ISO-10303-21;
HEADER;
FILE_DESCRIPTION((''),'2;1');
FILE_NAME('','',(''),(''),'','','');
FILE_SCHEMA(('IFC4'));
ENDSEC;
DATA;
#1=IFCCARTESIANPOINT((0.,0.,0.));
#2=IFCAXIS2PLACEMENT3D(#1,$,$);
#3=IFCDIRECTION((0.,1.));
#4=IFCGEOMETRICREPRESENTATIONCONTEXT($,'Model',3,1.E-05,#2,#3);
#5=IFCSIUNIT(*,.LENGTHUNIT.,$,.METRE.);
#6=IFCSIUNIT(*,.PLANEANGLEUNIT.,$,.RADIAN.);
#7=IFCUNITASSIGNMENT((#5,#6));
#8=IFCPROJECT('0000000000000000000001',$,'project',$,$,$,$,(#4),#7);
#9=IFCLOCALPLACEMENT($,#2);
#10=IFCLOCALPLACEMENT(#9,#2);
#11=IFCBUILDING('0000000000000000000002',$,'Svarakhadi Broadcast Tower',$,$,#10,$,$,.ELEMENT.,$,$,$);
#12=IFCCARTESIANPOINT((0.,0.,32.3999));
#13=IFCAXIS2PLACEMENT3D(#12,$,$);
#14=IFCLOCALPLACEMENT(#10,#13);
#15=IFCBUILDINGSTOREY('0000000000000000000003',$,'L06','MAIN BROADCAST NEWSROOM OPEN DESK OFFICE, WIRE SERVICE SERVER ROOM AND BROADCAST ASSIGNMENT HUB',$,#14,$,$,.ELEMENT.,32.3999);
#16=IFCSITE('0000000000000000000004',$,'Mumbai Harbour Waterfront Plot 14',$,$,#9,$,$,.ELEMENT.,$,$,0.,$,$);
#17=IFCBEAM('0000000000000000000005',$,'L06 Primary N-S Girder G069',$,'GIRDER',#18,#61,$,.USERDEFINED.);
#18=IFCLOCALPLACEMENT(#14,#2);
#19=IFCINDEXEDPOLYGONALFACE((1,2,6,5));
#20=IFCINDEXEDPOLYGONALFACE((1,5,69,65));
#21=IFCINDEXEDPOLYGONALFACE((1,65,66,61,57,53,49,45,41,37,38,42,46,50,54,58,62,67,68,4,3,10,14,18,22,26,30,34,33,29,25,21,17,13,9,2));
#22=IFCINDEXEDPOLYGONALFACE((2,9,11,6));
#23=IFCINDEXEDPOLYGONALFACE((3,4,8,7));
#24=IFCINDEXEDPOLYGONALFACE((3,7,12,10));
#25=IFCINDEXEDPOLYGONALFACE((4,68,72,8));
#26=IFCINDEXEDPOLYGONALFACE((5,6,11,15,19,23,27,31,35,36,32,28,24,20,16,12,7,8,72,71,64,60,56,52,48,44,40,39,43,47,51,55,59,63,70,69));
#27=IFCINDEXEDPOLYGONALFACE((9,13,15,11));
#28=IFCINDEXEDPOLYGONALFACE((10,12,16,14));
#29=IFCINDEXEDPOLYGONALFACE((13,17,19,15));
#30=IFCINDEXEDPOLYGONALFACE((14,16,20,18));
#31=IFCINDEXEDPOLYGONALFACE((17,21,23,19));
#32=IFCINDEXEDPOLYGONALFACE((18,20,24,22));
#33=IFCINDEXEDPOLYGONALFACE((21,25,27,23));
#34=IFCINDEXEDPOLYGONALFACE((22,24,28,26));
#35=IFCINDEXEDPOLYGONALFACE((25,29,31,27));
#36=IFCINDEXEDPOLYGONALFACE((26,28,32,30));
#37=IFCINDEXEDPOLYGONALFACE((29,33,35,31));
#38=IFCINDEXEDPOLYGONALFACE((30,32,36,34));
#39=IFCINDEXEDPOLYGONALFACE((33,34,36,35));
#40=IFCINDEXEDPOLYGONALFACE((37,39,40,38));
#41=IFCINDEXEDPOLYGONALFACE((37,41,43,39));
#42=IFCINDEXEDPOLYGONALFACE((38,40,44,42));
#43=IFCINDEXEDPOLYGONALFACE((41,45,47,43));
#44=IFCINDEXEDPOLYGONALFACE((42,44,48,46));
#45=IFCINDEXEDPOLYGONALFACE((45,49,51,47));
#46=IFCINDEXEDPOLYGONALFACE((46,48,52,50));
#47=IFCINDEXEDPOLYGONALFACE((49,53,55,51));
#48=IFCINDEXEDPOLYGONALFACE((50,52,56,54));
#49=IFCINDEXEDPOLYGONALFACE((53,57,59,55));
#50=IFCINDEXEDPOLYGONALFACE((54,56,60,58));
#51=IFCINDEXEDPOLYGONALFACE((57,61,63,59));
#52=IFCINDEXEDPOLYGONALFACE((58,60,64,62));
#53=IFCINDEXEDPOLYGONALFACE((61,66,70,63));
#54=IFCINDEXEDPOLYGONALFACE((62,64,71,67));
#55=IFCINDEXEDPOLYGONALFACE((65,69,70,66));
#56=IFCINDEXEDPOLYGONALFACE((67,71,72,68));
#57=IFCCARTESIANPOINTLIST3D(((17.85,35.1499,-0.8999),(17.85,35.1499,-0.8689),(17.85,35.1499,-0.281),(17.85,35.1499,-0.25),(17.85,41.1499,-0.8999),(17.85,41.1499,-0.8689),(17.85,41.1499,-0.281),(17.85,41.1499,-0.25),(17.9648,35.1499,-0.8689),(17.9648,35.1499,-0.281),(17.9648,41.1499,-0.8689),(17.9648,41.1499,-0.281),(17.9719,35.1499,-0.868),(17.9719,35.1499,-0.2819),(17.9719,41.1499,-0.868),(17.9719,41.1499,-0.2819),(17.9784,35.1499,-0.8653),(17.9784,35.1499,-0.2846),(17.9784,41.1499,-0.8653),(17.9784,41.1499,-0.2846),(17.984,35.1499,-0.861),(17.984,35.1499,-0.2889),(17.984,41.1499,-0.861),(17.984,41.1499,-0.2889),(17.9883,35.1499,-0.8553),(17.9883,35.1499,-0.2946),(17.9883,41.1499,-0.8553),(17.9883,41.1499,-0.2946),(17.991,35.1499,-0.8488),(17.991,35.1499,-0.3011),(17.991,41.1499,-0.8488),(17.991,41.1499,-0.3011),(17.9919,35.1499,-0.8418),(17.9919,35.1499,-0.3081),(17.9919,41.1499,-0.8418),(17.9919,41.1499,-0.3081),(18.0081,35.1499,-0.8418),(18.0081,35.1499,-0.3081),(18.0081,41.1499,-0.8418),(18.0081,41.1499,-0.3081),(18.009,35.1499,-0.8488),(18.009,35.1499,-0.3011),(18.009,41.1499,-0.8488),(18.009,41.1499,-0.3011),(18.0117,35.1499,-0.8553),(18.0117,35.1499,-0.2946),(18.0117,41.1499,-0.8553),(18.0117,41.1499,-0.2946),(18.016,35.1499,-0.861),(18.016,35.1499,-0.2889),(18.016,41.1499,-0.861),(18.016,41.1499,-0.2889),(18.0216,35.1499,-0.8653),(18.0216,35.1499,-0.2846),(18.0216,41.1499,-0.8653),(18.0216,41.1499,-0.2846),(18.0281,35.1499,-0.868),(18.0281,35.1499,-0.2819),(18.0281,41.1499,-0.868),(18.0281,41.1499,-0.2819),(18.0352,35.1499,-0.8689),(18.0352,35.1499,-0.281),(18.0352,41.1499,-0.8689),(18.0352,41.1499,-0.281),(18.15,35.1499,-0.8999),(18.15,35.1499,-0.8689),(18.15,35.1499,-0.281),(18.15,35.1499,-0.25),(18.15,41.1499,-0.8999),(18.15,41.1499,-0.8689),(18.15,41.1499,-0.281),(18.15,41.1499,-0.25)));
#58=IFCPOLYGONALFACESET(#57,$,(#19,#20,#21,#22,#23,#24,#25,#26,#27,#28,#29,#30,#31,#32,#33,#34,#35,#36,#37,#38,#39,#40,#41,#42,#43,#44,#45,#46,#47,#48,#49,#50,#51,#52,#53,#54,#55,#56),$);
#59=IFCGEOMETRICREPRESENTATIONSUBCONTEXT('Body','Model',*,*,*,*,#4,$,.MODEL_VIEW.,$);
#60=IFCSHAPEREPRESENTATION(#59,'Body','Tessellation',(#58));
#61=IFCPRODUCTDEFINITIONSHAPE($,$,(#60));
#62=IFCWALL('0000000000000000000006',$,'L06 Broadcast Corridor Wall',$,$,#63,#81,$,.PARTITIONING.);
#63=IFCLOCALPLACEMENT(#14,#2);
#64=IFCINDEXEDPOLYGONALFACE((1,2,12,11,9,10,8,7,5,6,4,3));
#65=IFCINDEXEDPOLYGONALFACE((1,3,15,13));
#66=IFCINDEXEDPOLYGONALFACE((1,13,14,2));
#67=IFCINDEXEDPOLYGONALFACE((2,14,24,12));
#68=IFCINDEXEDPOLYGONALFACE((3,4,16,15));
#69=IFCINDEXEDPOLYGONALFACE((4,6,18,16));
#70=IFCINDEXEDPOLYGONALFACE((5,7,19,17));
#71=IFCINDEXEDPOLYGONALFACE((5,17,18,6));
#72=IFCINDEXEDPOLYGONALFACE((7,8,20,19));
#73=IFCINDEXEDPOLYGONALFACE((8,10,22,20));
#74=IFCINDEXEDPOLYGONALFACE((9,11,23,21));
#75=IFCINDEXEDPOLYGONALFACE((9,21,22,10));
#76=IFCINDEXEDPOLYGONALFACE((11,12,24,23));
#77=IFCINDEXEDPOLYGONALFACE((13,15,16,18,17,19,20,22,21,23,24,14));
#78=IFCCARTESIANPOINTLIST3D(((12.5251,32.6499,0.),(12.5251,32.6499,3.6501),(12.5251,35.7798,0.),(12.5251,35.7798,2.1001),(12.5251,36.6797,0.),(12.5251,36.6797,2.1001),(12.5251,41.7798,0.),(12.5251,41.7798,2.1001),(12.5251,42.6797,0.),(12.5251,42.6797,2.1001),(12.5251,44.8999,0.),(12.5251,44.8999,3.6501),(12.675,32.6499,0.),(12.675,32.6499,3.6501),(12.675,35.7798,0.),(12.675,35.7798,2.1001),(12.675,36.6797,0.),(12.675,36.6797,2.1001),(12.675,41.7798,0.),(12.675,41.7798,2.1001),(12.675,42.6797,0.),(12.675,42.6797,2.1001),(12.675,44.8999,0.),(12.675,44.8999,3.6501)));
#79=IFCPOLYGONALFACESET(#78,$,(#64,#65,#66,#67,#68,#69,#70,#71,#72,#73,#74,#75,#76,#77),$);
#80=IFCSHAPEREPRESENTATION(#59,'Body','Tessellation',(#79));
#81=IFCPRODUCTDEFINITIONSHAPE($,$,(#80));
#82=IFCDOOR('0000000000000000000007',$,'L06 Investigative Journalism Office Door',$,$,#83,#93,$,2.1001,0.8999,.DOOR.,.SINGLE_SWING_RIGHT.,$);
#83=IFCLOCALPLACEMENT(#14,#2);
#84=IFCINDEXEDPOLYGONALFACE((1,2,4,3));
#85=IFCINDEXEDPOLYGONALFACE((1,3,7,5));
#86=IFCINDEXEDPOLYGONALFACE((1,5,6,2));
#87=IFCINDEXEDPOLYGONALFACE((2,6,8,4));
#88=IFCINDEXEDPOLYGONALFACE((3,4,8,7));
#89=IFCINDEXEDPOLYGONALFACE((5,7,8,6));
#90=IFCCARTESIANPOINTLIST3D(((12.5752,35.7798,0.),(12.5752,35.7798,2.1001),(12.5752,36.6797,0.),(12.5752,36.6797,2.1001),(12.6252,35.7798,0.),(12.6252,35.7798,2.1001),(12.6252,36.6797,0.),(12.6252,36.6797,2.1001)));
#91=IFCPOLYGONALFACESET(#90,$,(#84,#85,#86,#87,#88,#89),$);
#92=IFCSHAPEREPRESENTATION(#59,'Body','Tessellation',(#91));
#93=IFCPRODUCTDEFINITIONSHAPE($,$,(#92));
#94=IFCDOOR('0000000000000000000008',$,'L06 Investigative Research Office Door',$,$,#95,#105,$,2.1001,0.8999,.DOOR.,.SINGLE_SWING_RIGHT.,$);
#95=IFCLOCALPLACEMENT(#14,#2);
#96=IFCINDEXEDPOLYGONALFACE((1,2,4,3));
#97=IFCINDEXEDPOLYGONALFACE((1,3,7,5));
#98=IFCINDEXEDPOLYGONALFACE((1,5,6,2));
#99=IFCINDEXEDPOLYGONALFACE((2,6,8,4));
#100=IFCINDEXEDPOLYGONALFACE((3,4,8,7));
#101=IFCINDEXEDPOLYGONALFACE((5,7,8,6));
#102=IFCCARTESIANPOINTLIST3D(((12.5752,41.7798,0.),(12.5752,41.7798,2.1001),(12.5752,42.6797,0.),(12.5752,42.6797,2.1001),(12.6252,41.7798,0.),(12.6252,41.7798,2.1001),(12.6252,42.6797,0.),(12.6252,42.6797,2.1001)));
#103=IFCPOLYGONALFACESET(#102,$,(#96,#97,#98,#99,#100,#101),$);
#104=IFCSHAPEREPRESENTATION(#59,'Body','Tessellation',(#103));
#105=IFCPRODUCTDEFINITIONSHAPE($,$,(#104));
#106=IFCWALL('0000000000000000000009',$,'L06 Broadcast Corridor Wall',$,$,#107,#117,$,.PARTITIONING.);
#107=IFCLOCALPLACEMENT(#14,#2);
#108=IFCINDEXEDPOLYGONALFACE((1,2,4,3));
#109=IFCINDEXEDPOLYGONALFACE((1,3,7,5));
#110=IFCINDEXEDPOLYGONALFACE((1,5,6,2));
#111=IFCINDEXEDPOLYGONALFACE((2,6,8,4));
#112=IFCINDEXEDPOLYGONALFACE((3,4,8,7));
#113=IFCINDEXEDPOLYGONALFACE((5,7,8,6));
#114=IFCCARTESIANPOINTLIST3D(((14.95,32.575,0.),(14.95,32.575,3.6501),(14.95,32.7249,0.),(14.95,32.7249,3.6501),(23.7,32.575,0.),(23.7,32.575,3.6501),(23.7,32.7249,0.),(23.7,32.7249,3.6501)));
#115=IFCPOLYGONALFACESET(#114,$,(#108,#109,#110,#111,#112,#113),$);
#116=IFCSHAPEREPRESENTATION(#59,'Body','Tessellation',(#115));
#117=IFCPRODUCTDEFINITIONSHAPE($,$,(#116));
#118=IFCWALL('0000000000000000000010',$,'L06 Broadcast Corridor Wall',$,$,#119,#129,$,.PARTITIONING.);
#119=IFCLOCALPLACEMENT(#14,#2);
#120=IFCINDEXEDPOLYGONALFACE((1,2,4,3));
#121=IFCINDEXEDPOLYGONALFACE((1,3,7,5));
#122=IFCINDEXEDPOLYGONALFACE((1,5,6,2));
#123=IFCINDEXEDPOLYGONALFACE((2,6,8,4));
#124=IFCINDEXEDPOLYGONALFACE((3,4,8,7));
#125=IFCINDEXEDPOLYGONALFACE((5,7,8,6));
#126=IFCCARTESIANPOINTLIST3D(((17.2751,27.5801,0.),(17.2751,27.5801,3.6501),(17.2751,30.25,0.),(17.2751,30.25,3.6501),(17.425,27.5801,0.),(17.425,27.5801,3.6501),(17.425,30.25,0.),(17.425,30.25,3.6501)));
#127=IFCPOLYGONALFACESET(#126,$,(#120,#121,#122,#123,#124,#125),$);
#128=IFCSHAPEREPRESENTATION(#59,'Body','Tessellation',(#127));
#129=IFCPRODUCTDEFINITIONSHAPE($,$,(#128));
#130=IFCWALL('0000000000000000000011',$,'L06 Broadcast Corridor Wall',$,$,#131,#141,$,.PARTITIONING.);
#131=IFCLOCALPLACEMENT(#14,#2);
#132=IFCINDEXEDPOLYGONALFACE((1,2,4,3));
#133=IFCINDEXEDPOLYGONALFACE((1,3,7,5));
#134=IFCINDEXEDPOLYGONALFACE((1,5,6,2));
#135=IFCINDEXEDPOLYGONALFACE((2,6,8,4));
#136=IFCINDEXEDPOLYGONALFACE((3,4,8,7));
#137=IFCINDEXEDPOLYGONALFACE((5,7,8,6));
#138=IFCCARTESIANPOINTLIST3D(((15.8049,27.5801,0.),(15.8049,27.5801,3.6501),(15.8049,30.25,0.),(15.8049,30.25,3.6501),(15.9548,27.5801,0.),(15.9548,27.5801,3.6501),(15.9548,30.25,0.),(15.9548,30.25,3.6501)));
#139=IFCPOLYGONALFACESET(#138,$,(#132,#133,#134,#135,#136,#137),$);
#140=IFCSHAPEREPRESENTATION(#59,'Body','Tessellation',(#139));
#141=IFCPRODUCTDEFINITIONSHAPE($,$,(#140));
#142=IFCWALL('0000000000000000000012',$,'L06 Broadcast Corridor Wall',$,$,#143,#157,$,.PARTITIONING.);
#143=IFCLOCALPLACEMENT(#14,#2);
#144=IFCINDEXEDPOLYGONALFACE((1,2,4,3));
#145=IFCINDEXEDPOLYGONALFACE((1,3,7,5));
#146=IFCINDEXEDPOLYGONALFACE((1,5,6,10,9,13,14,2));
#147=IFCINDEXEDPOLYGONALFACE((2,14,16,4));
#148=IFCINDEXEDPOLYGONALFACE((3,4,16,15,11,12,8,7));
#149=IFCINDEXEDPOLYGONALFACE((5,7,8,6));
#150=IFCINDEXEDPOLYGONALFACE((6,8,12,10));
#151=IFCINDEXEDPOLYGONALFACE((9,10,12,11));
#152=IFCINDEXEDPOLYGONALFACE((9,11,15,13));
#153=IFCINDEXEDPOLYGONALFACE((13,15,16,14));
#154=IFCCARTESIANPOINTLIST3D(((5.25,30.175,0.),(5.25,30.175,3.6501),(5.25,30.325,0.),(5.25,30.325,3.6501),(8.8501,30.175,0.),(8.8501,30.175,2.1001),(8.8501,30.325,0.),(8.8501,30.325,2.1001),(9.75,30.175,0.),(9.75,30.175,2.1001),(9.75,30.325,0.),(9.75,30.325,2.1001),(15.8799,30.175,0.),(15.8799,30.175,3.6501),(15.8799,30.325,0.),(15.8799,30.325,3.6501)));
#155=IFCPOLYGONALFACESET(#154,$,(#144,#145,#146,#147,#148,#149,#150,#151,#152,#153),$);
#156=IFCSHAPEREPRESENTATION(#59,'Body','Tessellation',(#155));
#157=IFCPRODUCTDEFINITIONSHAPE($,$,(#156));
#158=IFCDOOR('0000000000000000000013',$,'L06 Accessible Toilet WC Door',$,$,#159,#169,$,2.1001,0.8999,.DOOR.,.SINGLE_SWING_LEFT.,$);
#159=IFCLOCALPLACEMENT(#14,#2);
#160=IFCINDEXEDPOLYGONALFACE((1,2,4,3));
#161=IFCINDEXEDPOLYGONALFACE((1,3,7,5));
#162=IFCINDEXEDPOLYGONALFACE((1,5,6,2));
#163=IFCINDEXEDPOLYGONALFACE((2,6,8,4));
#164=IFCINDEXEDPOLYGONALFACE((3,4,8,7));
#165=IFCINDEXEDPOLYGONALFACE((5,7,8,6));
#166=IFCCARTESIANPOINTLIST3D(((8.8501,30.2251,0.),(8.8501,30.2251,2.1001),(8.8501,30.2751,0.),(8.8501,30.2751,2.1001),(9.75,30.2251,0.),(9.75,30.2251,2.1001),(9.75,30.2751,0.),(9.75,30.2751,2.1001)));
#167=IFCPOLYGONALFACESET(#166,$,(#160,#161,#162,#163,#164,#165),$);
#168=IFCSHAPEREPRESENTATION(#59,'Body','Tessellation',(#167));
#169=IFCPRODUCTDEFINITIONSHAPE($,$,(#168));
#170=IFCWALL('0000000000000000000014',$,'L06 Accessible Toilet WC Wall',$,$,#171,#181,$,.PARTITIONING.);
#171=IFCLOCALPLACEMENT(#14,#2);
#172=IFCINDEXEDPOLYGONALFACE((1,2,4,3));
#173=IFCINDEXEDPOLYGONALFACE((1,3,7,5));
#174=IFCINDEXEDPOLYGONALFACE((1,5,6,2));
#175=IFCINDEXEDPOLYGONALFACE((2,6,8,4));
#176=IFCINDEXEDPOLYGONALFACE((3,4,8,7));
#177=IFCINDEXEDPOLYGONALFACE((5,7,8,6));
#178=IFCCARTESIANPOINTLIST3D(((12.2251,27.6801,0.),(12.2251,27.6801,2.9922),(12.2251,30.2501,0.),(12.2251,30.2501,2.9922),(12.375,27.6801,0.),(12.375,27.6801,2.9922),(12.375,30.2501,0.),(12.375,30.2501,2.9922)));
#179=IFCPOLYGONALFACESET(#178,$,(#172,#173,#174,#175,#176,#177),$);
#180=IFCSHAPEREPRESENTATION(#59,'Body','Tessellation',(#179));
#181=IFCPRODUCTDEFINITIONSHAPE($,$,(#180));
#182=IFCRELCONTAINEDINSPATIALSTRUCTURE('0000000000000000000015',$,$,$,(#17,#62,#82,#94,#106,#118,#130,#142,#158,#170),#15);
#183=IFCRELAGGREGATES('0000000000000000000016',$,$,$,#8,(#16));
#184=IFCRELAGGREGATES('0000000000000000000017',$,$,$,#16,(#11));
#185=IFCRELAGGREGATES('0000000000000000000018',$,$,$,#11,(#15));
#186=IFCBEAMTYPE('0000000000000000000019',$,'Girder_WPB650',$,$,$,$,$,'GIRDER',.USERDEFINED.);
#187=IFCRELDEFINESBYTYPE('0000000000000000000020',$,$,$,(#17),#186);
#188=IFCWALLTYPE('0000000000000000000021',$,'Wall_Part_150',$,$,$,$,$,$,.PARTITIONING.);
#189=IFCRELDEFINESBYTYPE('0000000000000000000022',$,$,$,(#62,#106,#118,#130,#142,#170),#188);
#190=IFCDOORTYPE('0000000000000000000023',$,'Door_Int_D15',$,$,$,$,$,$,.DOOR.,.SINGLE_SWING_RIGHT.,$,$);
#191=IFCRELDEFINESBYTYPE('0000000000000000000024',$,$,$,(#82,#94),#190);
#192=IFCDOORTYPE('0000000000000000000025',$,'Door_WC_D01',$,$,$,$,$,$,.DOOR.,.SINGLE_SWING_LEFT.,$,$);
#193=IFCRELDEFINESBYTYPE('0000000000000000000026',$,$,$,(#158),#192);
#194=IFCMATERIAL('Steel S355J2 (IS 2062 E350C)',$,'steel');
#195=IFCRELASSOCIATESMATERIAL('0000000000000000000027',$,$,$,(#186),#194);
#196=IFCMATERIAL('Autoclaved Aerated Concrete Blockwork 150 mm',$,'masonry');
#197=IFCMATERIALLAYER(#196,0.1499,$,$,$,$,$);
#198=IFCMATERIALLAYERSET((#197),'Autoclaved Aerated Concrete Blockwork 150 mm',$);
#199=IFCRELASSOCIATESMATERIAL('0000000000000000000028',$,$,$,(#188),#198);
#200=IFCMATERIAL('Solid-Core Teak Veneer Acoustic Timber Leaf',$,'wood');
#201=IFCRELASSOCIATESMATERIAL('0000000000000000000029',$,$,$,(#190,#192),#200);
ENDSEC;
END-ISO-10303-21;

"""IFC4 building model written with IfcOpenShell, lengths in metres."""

from ifc_helpers import new_model, si_unit, direction, frame, frame_2d, origin, origin_2d, place, context, subcontext, project, spatial, rectangle, i_section, extrude, material, layer, layer_set, material_profile, profile_set, type_object, element, fill, save


model = new_model("IFC4")

# Units and contexts
model_context = context("Model", 3, precision=1e-05, world=origin(), true_north=direction((0.0, 1.0)))
body_context = subcontext(model_context, "Body", "Model", "MODEL_VIEW")
ifc_project = project(units=[si_unit("LENGTHUNIT", "METRE"), si_unit("PLANEANGLEUNIT", "RADIAN")], contexts=[model_context])

# Site, building, storey
site_placement = place(None, origin())
site = spatial("IfcSite", under=ifc_project, at=site_placement, Name="Mumbai Harbour Waterfront Plot 14", CompositionType="ELEMENT", RefElevation=0.0)
building_placement = place(site_placement, origin())
building = spatial("IfcBuilding", under=site, at=building_placement, Name="Svarakhadi Broadcast Tower", CompositionType="ELEMENT")
storey_placement = place(building_placement, frame((0.0, 0.0, 32.3999)))
storey = spatial("IfcBuildingStorey", under=building, at=storey_placement, Name="L06", Description="MAIN BROADCAST NEWSROOM OPEN DESK OFFICE, WIRE SERVICE SERVER ROOM AND BROADCAST ASSIGNMENT HUB", CompositionType="ELEMENT", Elevation=32.3999)

# Beam
ifc_material_1 = material(Name="Steel S355J2 (IS 2062 E350C)", Category="steel")
ifc_material_profile_1 = material_profile(ifc_material_1, i_section(OverallWidth=0.3, OverallDepth=0.6499, WebThickness=0.0161, FlangeThickness=0.031, FilletRadius=0.0271, at=origin_2d()), Name="WPB 650x300x225")
ifc_profile_set_1 = profile_set([ifc_material_profile_1], Name="Steel S355J2 (IS 2062 E350C)")
beam_type_1 = type_object("IfcBeamType", Name="Girder_WPB650", ElementType="GIRDER", PredefinedType="USERDEFINED", material=ifc_profile_set_1)
for number, where, z_axis, x_axis, name in (
    (1, (18.0, 35.1499, -0.575), (0.0, 1.0, 0.0), (-1.0, 0.0, 0.0), "L06 Primary N-S Girder G069"),
):
    element("IfcBeam", number, at=place(storey_placement, frame(where, z_axis=z_axis, x_axis=x_axis)), inside=storey, type_object=beam_type_1, Name=name, ObjectType="GIRDER", PredefinedType="USERDEFINED", context=body_context, shape_type="SweptSolid", body=[
        extrude(i_section(OverallWidth=0.3, OverallDepth=0.6499, WebThickness=0.0161, FlangeThickness=0.031, FilletRadius=0.0271, at=origin_2d()), origin(), (0.0, 0.0, 1.0), 6.0),
    ])

# Shared definitions
ifc_material_2 = material(Name="Autoclaved Aerated Concrete Blockwork 150 mm", Category="masonry")
ifc_layer = layer(ifc_material_2, 0.1499)
ifc_layer_set = layer_set([ifc_layer], Name="Autoclaved Aerated Concrete Blockwork 150 mm")
wall_type = type_object("IfcWallType", Name="Wall_Part_150", PredefinedType="PARTITIONING", material=ifc_layer_set)

# Wall, openings, doors
wall_1_placement = place(storey_placement, frame((12.6001, 32.6499, 0.0), z_axis=(0.0, 0.0, 1.0), x_axis=(0.0, 1.0, 0.0)))
wall_1 = element("IfcWall", 2, at=wall_1_placement, inside=storey, type_object=wall_type, Name="L06 Broadcast Corridor Wall", PredefinedType="PARTITIONING", context=body_context, shape_type="SweptSolid", body=[
    extrude(rectangle(XDim=12.25, YDim=0.1499, at=frame_2d((6.125, 0.0))), origin(), (0.0, 0.0, 1.0), 3.6501),
])
opening_1_placement = place(wall_1_placement, frame((3.1299, 0.0, 0.0)))
opening_1 = element("IfcOpeningElement", 3, at=opening_1_placement, cuts=wall_1, PredefinedType="OPENING", context=body_context, shape_type="SweptSolid", body=[
    extrude(rectangle(XDim=0.8999, YDim=2.1001, at=frame_2d((0.45, 1.05))), frame((0.0, 0.085, 0.0), z_axis=(0.0, -1.0, 0.0), x_axis=(1.0, 0.0, 0.0)), (0.0, 0.0, 1.0), 0.1699),
])
opening_2_placement = place(wall_1_placement, frame((9.1299, 0.0, 0.0)))
opening_2 = element("IfcOpeningElement", 4, at=opening_2_placement, cuts=wall_1, PredefinedType="OPENING", context=body_context, shape_type="SweptSolid", body=[
    extrude(rectangle(XDim=0.8999, YDim=2.1001, at=frame_2d((0.45, 1.05))), frame((0.0, 0.085, 0.0), z_axis=(0.0, -1.0, 0.0), x_axis=(1.0, 0.0, 0.0)), (0.0, 0.0, 1.0), 0.1699),
])
ifc_material_3 = material(Name="Solid-Core Teak Veneer Acoustic Timber Leaf", Category="wood")
door_type_1 = type_object("IfcDoorType", Name="Door_Int_D15", OperationType="SINGLE_SWING_RIGHT", PredefinedType="DOOR", material=ifc_material_3)
door_1_placement = place(opening_1_placement, origin())
door_1 = element("IfcDoor", 5, at=door_1_placement, inside=storey, type_object=door_type_1, Name="L06 Investigative Journalism Office Door", OperationType="SINGLE_SWING_RIGHT", OverallHeight=2.1001, OverallWidth=0.8999, PredefinedType="DOOR", context=body_context, shape_type="SweptSolid", body=[
    extrude(rectangle(XDim=0.8999, YDim=2.1001, at=frame_2d((0.45, 1.05))), frame((0.0, 0.0249, 0.0), z_axis=(0.0, -1.0, 0.0), x_axis=(1.0, 0.0, 0.0)), (0.0, 0.0, 1.0), 0.05),
])
fill(opening_1, door_1)
door_2_placement = place(opening_2_placement, origin())
door_2 = element("IfcDoor", 6, at=door_2_placement, inside=storey, type_object=door_type_1, Name="L06 Investigative Research Office Door", OperationType="SINGLE_SWING_RIGHT", OverallHeight=2.1001, OverallWidth=0.8999, PredefinedType="DOOR", context=body_context, shape_type="SweptSolid", body=[
    extrude(rectangle(XDim=0.8999, YDim=2.1001, at=frame_2d((0.45, 1.05))), frame((0.0, 0.0249, 0.0), z_axis=(0.0, -1.0, 0.0), x_axis=(1.0, 0.0, 0.0)), (0.0, 0.0, 1.0), 0.05),
])
fill(opening_2, door_2)

# Walls
wall_2_placement = place(storey_placement, frame((14.95, 32.6499, 0.0), z_axis=(0.0, 0.0, 1.0), x_axis=(1.0, 0.0, 0.0)))
element("IfcWall", 7, at=wall_2_placement, inside=storey, type_object=wall_type, Name="L06 Broadcast Corridor Wall", PredefinedType="PARTITIONING", context=body_context, shape_type="SweptSolid", body=[
    extrude(rectangle(XDim=8.75, YDim=0.1499, at=frame_2d((4.375, 0.0))), origin(), (0.0, 0.0, 1.0), 3.6501),
])
for number, where, z_axis, x_axis, name in (
    (8, (17.3501, 30.25, 0.0), (0.0, 0.0, 1.0), (0.0, -1.0, 0.0), "L06 Broadcast Corridor Wall"),
    (9, (15.8799, 27.5801, 0.0), (0.0, 0.0, 1.0), (0.0, 1.0, 0.0), "L06 Broadcast Corridor Wall"),
):
    element("IfcWall", number, at=place(storey_placement, frame(where, z_axis=z_axis, x_axis=x_axis)), inside=storey, type_object=wall_type, Name=name, PredefinedType="PARTITIONING", context=body_context, shape_type="SweptSolid", body=[
        extrude(rectangle(XDim=2.6699, YDim=0.1499, at=frame_2d((1.335, 0.0))), origin(), (0.0, 0.0, 1.0), 3.6501),
    ])

# Wall, opening, door
wall_3_placement = place(storey_placement, frame((15.8799, 30.25, 0.0), z_axis=(0.0, 0.0, 1.0), x_axis=(-1.0, 0.0, 0.0)))
wall_3 = element("IfcWall", 10, at=wall_3_placement, inside=storey, type_object=wall_type, Name="L06 Broadcast Corridor Wall", PredefinedType="PARTITIONING", context=body_context, shape_type="SweptSolid", body=[
    extrude(rectangle(XDim=10.6299, YDim=0.1499, at=frame_2d((5.3149, 0.0))), origin(), (0.0, 0.0, 1.0), 3.6501),
])
opening_3_placement = place(wall_3_placement, frame((6.1299, 0.0, 0.0)))
opening_3 = element("IfcOpeningElement", 11, at=opening_3_placement, cuts=wall_3, PredefinedType="OPENING", context=body_context, shape_type="SweptSolid", body=[
    extrude(rectangle(XDim=0.8999, YDim=2.1001, at=frame_2d((0.45, 1.05))), frame((0.0, 0.085, 0.0), z_axis=(0.0, -1.0, 0.0), x_axis=(1.0, 0.0, 0.0)), (0.0, 0.0, 1.0), 0.1699),
])
door_type_2 = type_object("IfcDoorType", Name="Door_WC_D01", OperationType="SINGLE_SWING_LEFT", PredefinedType="DOOR", material=ifc_material_3)
door_3_placement = place(opening_3_placement, origin())
door_3 = element("IfcDoor", 12, at=door_3_placement, inside=storey, type_object=door_type_2, Name="L06 Accessible Toilet WC Door", OperationType="SINGLE_SWING_LEFT", OverallHeight=2.1001, OverallWidth=0.8999, PredefinedType="DOOR", context=body_context, shape_type="SweptSolid", body=[
    extrude(rectangle(XDim=0.8999, YDim=2.1001, at=frame_2d((0.45, 1.05))), frame((0.0, 0.0249, 0.0), z_axis=(0.0, -1.0, 0.0), x_axis=(1.0, 0.0, 0.0)), (0.0, 0.0, 1.0), 0.05),
])
fill(opening_3, door_3)

# Wall
wall_4_placement = place(storey_placement, frame((12.3, 27.6799, 0.0), z_axis=(0.0, 0.0, 1.0), x_axis=(0.0, 1.0, 0.0)))
element("IfcWall", 13, at=wall_4_placement, inside=storey, type_object=wall_type, Name="L06 Accessible Toilet WC Wall", PredefinedType="PARTITIONING", context=body_context, shape_type="SweptSolid", body=[
    extrude(rectangle(XDim=2.5701, YDim=0.1499, at=frame_2d((1.2852, 0.0))), origin(), (0.0, 0.0, 1.0), 2.9922),
])

save(model, "model.ifc")
